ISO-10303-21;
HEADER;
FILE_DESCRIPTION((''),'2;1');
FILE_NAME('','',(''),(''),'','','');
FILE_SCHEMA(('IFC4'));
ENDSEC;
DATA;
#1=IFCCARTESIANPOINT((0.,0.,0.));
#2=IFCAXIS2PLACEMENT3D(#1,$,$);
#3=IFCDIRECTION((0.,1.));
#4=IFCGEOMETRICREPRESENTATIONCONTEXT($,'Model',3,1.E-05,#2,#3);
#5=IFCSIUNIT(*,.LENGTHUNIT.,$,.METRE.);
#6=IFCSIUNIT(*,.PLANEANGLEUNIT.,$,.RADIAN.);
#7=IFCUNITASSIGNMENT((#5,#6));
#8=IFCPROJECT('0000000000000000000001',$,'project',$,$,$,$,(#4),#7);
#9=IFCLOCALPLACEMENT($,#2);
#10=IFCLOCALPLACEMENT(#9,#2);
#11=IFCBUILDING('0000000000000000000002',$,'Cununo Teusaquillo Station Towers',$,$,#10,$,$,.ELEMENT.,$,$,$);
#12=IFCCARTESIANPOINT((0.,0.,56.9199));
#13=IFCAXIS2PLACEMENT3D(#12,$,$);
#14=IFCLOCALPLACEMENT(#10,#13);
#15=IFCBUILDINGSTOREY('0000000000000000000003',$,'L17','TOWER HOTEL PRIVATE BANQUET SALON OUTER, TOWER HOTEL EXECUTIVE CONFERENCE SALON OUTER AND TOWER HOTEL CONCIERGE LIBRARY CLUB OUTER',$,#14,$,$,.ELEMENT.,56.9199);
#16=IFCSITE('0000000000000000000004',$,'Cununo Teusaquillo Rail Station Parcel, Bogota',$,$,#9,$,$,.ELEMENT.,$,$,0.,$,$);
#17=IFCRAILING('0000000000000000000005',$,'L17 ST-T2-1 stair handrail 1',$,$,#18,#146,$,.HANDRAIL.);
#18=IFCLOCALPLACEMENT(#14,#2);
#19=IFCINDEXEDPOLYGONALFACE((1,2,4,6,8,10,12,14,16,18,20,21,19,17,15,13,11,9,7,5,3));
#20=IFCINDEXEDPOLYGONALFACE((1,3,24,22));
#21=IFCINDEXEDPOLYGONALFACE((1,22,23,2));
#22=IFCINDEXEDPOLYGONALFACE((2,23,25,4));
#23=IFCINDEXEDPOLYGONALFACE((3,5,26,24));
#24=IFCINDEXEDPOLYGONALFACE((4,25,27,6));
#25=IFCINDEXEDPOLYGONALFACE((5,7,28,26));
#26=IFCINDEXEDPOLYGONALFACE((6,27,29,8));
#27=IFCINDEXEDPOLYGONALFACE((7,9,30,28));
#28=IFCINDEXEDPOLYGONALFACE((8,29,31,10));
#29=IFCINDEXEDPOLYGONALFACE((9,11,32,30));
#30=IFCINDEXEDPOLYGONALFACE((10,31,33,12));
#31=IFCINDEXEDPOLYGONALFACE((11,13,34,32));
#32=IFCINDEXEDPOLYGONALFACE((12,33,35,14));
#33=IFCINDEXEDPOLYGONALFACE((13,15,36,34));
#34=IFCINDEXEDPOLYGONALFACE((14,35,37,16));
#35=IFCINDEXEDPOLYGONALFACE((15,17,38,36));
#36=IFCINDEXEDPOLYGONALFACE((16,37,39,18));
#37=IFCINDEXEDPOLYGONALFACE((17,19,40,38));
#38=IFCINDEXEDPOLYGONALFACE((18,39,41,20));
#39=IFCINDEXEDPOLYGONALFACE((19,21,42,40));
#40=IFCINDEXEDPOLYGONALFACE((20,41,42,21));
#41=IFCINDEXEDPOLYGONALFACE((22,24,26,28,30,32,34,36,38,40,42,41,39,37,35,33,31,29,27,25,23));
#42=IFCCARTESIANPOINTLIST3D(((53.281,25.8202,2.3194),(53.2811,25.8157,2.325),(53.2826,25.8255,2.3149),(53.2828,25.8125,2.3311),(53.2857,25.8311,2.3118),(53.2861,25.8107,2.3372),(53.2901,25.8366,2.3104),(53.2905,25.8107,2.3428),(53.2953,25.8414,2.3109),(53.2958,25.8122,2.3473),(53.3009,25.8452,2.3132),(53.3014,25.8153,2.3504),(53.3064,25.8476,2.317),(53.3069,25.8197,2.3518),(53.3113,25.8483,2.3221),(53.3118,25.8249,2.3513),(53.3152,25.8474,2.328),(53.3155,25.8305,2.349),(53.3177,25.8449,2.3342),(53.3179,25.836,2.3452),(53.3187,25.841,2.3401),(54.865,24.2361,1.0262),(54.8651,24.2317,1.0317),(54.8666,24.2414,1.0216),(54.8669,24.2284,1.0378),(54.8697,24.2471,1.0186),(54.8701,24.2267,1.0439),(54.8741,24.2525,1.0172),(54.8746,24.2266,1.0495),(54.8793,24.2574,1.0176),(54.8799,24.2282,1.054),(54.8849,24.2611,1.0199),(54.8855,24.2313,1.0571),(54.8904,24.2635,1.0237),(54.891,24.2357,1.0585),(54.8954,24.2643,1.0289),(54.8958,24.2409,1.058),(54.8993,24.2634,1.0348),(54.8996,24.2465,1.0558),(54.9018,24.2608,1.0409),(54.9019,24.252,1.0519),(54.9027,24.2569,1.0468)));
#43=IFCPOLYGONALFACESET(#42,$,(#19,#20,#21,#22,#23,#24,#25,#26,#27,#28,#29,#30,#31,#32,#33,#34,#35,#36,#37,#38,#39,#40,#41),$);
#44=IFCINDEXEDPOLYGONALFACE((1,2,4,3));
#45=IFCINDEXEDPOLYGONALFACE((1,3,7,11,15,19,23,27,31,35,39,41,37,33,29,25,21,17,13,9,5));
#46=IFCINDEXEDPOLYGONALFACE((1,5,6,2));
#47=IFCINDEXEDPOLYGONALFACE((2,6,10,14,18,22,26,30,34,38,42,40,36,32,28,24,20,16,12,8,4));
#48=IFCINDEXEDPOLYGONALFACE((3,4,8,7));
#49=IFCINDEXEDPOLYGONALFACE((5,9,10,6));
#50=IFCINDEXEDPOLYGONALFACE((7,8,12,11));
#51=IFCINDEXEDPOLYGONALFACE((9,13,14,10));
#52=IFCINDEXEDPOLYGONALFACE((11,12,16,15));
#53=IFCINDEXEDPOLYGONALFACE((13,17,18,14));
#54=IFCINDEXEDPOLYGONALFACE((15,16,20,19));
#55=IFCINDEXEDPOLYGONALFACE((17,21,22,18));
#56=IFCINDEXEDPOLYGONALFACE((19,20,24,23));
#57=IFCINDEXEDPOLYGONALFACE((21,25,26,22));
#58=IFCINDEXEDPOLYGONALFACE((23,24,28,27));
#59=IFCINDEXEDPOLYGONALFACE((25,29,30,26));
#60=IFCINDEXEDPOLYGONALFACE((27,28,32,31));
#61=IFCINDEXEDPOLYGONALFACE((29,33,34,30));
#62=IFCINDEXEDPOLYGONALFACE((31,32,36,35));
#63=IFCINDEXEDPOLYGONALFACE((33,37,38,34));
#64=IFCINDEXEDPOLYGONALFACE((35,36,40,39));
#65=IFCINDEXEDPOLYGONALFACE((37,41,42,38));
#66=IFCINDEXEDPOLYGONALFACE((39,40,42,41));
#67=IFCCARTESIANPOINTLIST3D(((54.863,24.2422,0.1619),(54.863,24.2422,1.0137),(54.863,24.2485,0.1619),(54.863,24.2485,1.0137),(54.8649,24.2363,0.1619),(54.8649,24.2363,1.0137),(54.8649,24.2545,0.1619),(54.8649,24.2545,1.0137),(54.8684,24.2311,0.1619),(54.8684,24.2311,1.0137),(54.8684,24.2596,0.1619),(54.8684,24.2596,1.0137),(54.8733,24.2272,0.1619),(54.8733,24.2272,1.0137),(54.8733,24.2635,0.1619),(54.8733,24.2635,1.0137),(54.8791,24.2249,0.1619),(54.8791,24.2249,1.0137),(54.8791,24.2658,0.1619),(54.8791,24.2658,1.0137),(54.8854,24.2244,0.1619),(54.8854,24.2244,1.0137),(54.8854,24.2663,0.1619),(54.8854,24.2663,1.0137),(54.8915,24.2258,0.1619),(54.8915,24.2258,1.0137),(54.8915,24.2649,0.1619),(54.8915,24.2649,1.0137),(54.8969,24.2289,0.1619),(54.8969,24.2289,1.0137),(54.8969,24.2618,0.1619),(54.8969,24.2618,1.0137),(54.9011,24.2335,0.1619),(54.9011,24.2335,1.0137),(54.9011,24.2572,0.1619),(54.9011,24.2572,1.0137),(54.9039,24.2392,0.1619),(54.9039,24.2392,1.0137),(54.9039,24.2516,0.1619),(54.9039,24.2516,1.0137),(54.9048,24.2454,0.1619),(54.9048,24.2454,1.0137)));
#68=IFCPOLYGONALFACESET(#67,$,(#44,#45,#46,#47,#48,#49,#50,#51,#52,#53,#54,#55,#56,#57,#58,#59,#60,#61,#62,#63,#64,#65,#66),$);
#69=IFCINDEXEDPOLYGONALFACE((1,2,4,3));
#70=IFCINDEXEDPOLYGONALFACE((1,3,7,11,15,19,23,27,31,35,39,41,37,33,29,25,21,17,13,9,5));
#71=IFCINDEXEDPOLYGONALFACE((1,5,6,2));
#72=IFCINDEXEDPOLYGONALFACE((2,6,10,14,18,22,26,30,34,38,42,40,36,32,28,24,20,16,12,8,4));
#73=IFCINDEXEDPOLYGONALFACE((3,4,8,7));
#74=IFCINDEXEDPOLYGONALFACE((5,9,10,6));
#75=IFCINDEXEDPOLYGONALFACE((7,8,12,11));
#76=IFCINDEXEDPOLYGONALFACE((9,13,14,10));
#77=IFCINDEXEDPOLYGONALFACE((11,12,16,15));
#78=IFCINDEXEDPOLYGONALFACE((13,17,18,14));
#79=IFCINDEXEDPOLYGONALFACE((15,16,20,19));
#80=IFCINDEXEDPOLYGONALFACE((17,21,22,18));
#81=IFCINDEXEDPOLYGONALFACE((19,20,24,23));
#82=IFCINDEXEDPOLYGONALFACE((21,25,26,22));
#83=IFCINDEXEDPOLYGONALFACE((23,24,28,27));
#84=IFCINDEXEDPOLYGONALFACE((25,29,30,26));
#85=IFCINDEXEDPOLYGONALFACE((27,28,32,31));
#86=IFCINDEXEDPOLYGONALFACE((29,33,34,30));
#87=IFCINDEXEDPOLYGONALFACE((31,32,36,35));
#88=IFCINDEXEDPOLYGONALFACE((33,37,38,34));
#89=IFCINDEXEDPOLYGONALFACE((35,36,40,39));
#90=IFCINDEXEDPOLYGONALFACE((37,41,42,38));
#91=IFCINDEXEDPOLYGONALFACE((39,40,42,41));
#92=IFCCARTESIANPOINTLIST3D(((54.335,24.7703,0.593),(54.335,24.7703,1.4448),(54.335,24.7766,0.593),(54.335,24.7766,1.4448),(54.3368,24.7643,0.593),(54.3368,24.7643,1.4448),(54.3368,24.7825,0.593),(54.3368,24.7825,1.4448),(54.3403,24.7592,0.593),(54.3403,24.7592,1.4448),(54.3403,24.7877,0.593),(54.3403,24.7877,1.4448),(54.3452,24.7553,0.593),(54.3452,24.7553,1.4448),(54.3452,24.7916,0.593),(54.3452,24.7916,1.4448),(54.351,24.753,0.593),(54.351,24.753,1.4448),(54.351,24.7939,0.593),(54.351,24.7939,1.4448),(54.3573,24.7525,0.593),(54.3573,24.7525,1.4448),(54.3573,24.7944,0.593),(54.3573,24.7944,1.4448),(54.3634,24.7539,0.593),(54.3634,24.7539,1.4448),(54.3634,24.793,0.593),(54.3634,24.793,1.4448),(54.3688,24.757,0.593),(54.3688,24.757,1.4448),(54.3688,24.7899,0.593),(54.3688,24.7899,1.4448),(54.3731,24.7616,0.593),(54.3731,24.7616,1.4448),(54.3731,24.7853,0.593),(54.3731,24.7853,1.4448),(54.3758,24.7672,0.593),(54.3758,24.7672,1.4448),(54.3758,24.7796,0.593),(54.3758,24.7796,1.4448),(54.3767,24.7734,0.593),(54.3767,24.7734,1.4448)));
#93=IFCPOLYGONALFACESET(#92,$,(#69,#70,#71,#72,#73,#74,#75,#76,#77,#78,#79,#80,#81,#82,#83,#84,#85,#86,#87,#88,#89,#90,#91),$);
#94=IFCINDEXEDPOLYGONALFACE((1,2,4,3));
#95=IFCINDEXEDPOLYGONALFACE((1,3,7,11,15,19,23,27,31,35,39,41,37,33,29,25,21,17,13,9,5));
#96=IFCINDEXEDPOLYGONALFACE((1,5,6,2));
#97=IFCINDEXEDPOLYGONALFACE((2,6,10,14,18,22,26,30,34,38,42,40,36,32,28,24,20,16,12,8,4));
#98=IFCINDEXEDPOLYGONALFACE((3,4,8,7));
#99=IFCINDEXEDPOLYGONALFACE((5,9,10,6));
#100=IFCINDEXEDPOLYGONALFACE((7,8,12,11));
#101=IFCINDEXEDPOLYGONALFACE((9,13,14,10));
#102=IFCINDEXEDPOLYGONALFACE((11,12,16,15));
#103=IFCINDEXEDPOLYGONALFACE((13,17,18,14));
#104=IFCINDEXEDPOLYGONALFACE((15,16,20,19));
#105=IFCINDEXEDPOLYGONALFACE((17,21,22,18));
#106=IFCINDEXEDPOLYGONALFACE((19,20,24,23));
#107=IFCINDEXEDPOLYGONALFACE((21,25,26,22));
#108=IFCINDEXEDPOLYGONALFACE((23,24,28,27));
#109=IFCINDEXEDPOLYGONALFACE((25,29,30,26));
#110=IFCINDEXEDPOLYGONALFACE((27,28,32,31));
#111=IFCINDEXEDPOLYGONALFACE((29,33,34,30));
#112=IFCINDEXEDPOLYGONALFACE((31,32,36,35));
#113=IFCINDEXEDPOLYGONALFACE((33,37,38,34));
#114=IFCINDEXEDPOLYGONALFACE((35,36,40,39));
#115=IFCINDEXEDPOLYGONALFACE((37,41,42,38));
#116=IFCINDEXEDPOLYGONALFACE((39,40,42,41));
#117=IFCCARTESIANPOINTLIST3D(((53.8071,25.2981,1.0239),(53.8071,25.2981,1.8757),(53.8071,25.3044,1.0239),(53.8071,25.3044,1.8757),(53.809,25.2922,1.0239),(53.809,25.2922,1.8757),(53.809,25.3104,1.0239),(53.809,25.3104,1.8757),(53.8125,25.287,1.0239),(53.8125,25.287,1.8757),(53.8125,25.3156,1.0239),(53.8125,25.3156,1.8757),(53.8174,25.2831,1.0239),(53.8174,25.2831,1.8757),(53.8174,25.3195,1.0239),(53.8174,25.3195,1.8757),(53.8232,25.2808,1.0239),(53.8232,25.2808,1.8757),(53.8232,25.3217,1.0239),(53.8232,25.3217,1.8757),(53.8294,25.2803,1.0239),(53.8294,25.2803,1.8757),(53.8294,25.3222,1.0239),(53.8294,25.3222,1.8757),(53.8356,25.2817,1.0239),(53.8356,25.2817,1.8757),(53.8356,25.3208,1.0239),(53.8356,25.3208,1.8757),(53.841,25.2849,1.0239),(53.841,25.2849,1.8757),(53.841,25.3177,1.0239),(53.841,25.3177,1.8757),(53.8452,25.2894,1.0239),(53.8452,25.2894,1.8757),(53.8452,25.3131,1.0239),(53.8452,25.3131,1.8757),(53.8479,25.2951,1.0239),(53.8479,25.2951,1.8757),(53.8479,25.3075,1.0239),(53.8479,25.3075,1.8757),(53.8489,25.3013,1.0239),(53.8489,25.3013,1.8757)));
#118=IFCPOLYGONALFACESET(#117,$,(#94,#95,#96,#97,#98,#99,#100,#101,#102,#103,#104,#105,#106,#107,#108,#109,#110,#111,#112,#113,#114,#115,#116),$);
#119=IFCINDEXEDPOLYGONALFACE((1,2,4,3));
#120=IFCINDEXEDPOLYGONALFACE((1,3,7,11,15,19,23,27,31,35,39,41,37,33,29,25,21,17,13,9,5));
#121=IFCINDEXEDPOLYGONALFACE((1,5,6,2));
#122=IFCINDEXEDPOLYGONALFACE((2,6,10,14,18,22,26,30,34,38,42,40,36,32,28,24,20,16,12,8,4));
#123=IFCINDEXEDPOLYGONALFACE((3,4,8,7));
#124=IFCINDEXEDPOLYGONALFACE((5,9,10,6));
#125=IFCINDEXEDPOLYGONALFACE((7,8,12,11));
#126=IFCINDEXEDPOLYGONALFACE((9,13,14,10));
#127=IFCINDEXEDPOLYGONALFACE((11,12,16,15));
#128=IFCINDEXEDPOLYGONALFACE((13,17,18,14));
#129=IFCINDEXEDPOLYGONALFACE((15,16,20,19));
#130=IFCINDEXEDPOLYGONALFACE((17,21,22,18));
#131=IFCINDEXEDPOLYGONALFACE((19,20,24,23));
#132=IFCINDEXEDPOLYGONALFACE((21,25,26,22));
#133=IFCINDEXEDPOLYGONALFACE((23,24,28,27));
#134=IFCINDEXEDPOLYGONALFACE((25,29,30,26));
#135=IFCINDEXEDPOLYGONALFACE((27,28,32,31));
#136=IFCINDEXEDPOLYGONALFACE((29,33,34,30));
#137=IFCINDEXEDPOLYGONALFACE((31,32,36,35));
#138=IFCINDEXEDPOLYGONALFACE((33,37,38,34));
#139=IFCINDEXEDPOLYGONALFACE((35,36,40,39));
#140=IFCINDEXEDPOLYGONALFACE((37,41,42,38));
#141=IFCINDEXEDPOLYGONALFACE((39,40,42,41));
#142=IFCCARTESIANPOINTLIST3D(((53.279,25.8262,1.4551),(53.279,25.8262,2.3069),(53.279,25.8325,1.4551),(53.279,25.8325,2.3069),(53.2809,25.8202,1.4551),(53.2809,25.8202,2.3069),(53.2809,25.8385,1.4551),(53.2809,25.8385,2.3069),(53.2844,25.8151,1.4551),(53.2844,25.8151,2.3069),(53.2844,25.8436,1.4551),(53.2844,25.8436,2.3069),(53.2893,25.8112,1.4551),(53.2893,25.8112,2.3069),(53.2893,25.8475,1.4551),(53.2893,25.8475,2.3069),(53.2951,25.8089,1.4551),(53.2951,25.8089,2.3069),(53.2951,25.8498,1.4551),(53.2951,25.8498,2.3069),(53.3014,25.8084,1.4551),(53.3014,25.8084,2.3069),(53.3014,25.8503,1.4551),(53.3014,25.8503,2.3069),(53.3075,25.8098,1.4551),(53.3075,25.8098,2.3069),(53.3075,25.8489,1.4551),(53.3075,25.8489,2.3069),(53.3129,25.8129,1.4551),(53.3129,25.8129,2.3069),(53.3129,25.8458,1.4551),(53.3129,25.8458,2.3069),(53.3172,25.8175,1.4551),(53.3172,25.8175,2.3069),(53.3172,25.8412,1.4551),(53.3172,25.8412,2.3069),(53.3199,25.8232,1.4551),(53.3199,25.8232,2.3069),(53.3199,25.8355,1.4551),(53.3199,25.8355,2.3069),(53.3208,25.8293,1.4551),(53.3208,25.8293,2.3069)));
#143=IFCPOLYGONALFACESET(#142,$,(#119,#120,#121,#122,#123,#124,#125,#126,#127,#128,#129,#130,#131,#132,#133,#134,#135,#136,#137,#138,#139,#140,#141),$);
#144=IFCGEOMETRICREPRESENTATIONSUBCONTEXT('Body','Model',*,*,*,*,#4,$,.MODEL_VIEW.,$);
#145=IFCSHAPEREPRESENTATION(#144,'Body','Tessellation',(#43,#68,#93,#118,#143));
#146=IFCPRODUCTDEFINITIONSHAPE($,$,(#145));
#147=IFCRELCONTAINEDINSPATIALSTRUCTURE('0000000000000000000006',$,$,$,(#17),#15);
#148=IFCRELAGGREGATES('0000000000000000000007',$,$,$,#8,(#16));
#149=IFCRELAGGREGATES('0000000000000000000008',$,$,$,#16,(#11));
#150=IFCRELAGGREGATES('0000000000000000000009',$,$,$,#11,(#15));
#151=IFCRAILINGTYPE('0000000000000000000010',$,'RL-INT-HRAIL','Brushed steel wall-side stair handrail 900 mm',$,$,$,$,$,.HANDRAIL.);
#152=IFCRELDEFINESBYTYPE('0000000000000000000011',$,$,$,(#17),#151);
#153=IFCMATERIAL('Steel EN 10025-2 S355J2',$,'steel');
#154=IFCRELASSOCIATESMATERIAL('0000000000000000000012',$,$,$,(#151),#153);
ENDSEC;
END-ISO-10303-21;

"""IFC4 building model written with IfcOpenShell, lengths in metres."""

from ifc_helpers import new_model, si_unit, direction, frame, origin, origin_2d, place, context, subcontext, project, spatial, circle, extrude, material, type_object, element, save


model = new_model("IFC4")

# Units and contexts
model_context = context("Model", 3, precision=1e-05, world=origin(), true_north=direction((0.0, 1.0)))
body_context = subcontext(model_context, "Body", "Model", "MODEL_VIEW")
ifc_project = project(units=[si_unit("LENGTHUNIT", "METRE"), si_unit("PLANEANGLEUNIT", "RADIAN")], contexts=[model_context])

# Site, building, storey
site_placement = place(None, origin())
site = spatial("IfcSite", under=ifc_project, at=site_placement, Name="Cununo Teusaquillo Rail Station Parcel, Bogota", CompositionType="ELEMENT", RefElevation=0.0)
building_placement = place(site_placement, origin())
building = spatial("IfcBuilding", under=site, at=building_placement, Name="Cununo Teusaquillo Station Towers", CompositionType="ELEMENT")
storey_placement = place(building_placement, frame((0.0, 0.0, 56.9199)))
storey = spatial("IfcBuildingStorey", under=building, at=storey_placement, Name="L17", Description="TOWER HOTEL PRIVATE BANQUET SALON OUTER, TOWER HOTEL EXECUTIVE CONFERENCE SALON OUTER AND TOWER HOTEL CONCIERGE LIBRARY CLUB OUTER", CompositionType="ELEMENT", Elevation=56.9199)

# Railing
ifc_material_1 = material(Name="Steel EN 10025-2 S355J2", Category="steel")
railing_type_1 = type_object("IfcRailingType", Name="RL-INT-HRAIL", Description="Brushed steel wall-side stair handrail 900 mm", PredefinedType="HANDRAIL", material=ifc_material_1)
railing_1_placement = place(storey_placement, frame((54.8838, 24.2454, 0.1619)))
element("IfcRailing", 1, at=railing_1_placement, inside=storey, type_object=railing_type_1, Name="L17 ST-T2-1 stair handrail 1", PredefinedType="HANDRAIL", context=body_context, shape_type="SweptSolid", body=[
    extrude(circle(Radius=0.0239, at=origin_2d()), frame((0.0, 0.0, 0.876), z_axis=(-0.612385, 0.612385, 0.49997), x_axis=(-0.707107, -0.707107, 0.0)), (0.0, 0.0, 1.0), 2.5867),
    extrude(circle(Radius=0.021, at=origin_2d()), origin(), (0.0, 0.0, 1.0), 0.8518),
    extrude(circle(Radius=0.021, at=origin_2d()), frame((-0.5281, 0.5281, 0.4312)), (0.0, 0.0, 1.0), 0.8518),
    extrude(circle(Radius=0.021, at=origin_2d()), frame((-1.0559, 1.0559, 0.8621)), (0.0, 0.0, 1.0), 0.8518),
    extrude(circle(Radius=0.021, at=origin_2d()), frame((-1.584, 1.584, 1.2932)), (0.0, 0.0, 1.0), 0.8518),
])

save(model, "model.ifc")
